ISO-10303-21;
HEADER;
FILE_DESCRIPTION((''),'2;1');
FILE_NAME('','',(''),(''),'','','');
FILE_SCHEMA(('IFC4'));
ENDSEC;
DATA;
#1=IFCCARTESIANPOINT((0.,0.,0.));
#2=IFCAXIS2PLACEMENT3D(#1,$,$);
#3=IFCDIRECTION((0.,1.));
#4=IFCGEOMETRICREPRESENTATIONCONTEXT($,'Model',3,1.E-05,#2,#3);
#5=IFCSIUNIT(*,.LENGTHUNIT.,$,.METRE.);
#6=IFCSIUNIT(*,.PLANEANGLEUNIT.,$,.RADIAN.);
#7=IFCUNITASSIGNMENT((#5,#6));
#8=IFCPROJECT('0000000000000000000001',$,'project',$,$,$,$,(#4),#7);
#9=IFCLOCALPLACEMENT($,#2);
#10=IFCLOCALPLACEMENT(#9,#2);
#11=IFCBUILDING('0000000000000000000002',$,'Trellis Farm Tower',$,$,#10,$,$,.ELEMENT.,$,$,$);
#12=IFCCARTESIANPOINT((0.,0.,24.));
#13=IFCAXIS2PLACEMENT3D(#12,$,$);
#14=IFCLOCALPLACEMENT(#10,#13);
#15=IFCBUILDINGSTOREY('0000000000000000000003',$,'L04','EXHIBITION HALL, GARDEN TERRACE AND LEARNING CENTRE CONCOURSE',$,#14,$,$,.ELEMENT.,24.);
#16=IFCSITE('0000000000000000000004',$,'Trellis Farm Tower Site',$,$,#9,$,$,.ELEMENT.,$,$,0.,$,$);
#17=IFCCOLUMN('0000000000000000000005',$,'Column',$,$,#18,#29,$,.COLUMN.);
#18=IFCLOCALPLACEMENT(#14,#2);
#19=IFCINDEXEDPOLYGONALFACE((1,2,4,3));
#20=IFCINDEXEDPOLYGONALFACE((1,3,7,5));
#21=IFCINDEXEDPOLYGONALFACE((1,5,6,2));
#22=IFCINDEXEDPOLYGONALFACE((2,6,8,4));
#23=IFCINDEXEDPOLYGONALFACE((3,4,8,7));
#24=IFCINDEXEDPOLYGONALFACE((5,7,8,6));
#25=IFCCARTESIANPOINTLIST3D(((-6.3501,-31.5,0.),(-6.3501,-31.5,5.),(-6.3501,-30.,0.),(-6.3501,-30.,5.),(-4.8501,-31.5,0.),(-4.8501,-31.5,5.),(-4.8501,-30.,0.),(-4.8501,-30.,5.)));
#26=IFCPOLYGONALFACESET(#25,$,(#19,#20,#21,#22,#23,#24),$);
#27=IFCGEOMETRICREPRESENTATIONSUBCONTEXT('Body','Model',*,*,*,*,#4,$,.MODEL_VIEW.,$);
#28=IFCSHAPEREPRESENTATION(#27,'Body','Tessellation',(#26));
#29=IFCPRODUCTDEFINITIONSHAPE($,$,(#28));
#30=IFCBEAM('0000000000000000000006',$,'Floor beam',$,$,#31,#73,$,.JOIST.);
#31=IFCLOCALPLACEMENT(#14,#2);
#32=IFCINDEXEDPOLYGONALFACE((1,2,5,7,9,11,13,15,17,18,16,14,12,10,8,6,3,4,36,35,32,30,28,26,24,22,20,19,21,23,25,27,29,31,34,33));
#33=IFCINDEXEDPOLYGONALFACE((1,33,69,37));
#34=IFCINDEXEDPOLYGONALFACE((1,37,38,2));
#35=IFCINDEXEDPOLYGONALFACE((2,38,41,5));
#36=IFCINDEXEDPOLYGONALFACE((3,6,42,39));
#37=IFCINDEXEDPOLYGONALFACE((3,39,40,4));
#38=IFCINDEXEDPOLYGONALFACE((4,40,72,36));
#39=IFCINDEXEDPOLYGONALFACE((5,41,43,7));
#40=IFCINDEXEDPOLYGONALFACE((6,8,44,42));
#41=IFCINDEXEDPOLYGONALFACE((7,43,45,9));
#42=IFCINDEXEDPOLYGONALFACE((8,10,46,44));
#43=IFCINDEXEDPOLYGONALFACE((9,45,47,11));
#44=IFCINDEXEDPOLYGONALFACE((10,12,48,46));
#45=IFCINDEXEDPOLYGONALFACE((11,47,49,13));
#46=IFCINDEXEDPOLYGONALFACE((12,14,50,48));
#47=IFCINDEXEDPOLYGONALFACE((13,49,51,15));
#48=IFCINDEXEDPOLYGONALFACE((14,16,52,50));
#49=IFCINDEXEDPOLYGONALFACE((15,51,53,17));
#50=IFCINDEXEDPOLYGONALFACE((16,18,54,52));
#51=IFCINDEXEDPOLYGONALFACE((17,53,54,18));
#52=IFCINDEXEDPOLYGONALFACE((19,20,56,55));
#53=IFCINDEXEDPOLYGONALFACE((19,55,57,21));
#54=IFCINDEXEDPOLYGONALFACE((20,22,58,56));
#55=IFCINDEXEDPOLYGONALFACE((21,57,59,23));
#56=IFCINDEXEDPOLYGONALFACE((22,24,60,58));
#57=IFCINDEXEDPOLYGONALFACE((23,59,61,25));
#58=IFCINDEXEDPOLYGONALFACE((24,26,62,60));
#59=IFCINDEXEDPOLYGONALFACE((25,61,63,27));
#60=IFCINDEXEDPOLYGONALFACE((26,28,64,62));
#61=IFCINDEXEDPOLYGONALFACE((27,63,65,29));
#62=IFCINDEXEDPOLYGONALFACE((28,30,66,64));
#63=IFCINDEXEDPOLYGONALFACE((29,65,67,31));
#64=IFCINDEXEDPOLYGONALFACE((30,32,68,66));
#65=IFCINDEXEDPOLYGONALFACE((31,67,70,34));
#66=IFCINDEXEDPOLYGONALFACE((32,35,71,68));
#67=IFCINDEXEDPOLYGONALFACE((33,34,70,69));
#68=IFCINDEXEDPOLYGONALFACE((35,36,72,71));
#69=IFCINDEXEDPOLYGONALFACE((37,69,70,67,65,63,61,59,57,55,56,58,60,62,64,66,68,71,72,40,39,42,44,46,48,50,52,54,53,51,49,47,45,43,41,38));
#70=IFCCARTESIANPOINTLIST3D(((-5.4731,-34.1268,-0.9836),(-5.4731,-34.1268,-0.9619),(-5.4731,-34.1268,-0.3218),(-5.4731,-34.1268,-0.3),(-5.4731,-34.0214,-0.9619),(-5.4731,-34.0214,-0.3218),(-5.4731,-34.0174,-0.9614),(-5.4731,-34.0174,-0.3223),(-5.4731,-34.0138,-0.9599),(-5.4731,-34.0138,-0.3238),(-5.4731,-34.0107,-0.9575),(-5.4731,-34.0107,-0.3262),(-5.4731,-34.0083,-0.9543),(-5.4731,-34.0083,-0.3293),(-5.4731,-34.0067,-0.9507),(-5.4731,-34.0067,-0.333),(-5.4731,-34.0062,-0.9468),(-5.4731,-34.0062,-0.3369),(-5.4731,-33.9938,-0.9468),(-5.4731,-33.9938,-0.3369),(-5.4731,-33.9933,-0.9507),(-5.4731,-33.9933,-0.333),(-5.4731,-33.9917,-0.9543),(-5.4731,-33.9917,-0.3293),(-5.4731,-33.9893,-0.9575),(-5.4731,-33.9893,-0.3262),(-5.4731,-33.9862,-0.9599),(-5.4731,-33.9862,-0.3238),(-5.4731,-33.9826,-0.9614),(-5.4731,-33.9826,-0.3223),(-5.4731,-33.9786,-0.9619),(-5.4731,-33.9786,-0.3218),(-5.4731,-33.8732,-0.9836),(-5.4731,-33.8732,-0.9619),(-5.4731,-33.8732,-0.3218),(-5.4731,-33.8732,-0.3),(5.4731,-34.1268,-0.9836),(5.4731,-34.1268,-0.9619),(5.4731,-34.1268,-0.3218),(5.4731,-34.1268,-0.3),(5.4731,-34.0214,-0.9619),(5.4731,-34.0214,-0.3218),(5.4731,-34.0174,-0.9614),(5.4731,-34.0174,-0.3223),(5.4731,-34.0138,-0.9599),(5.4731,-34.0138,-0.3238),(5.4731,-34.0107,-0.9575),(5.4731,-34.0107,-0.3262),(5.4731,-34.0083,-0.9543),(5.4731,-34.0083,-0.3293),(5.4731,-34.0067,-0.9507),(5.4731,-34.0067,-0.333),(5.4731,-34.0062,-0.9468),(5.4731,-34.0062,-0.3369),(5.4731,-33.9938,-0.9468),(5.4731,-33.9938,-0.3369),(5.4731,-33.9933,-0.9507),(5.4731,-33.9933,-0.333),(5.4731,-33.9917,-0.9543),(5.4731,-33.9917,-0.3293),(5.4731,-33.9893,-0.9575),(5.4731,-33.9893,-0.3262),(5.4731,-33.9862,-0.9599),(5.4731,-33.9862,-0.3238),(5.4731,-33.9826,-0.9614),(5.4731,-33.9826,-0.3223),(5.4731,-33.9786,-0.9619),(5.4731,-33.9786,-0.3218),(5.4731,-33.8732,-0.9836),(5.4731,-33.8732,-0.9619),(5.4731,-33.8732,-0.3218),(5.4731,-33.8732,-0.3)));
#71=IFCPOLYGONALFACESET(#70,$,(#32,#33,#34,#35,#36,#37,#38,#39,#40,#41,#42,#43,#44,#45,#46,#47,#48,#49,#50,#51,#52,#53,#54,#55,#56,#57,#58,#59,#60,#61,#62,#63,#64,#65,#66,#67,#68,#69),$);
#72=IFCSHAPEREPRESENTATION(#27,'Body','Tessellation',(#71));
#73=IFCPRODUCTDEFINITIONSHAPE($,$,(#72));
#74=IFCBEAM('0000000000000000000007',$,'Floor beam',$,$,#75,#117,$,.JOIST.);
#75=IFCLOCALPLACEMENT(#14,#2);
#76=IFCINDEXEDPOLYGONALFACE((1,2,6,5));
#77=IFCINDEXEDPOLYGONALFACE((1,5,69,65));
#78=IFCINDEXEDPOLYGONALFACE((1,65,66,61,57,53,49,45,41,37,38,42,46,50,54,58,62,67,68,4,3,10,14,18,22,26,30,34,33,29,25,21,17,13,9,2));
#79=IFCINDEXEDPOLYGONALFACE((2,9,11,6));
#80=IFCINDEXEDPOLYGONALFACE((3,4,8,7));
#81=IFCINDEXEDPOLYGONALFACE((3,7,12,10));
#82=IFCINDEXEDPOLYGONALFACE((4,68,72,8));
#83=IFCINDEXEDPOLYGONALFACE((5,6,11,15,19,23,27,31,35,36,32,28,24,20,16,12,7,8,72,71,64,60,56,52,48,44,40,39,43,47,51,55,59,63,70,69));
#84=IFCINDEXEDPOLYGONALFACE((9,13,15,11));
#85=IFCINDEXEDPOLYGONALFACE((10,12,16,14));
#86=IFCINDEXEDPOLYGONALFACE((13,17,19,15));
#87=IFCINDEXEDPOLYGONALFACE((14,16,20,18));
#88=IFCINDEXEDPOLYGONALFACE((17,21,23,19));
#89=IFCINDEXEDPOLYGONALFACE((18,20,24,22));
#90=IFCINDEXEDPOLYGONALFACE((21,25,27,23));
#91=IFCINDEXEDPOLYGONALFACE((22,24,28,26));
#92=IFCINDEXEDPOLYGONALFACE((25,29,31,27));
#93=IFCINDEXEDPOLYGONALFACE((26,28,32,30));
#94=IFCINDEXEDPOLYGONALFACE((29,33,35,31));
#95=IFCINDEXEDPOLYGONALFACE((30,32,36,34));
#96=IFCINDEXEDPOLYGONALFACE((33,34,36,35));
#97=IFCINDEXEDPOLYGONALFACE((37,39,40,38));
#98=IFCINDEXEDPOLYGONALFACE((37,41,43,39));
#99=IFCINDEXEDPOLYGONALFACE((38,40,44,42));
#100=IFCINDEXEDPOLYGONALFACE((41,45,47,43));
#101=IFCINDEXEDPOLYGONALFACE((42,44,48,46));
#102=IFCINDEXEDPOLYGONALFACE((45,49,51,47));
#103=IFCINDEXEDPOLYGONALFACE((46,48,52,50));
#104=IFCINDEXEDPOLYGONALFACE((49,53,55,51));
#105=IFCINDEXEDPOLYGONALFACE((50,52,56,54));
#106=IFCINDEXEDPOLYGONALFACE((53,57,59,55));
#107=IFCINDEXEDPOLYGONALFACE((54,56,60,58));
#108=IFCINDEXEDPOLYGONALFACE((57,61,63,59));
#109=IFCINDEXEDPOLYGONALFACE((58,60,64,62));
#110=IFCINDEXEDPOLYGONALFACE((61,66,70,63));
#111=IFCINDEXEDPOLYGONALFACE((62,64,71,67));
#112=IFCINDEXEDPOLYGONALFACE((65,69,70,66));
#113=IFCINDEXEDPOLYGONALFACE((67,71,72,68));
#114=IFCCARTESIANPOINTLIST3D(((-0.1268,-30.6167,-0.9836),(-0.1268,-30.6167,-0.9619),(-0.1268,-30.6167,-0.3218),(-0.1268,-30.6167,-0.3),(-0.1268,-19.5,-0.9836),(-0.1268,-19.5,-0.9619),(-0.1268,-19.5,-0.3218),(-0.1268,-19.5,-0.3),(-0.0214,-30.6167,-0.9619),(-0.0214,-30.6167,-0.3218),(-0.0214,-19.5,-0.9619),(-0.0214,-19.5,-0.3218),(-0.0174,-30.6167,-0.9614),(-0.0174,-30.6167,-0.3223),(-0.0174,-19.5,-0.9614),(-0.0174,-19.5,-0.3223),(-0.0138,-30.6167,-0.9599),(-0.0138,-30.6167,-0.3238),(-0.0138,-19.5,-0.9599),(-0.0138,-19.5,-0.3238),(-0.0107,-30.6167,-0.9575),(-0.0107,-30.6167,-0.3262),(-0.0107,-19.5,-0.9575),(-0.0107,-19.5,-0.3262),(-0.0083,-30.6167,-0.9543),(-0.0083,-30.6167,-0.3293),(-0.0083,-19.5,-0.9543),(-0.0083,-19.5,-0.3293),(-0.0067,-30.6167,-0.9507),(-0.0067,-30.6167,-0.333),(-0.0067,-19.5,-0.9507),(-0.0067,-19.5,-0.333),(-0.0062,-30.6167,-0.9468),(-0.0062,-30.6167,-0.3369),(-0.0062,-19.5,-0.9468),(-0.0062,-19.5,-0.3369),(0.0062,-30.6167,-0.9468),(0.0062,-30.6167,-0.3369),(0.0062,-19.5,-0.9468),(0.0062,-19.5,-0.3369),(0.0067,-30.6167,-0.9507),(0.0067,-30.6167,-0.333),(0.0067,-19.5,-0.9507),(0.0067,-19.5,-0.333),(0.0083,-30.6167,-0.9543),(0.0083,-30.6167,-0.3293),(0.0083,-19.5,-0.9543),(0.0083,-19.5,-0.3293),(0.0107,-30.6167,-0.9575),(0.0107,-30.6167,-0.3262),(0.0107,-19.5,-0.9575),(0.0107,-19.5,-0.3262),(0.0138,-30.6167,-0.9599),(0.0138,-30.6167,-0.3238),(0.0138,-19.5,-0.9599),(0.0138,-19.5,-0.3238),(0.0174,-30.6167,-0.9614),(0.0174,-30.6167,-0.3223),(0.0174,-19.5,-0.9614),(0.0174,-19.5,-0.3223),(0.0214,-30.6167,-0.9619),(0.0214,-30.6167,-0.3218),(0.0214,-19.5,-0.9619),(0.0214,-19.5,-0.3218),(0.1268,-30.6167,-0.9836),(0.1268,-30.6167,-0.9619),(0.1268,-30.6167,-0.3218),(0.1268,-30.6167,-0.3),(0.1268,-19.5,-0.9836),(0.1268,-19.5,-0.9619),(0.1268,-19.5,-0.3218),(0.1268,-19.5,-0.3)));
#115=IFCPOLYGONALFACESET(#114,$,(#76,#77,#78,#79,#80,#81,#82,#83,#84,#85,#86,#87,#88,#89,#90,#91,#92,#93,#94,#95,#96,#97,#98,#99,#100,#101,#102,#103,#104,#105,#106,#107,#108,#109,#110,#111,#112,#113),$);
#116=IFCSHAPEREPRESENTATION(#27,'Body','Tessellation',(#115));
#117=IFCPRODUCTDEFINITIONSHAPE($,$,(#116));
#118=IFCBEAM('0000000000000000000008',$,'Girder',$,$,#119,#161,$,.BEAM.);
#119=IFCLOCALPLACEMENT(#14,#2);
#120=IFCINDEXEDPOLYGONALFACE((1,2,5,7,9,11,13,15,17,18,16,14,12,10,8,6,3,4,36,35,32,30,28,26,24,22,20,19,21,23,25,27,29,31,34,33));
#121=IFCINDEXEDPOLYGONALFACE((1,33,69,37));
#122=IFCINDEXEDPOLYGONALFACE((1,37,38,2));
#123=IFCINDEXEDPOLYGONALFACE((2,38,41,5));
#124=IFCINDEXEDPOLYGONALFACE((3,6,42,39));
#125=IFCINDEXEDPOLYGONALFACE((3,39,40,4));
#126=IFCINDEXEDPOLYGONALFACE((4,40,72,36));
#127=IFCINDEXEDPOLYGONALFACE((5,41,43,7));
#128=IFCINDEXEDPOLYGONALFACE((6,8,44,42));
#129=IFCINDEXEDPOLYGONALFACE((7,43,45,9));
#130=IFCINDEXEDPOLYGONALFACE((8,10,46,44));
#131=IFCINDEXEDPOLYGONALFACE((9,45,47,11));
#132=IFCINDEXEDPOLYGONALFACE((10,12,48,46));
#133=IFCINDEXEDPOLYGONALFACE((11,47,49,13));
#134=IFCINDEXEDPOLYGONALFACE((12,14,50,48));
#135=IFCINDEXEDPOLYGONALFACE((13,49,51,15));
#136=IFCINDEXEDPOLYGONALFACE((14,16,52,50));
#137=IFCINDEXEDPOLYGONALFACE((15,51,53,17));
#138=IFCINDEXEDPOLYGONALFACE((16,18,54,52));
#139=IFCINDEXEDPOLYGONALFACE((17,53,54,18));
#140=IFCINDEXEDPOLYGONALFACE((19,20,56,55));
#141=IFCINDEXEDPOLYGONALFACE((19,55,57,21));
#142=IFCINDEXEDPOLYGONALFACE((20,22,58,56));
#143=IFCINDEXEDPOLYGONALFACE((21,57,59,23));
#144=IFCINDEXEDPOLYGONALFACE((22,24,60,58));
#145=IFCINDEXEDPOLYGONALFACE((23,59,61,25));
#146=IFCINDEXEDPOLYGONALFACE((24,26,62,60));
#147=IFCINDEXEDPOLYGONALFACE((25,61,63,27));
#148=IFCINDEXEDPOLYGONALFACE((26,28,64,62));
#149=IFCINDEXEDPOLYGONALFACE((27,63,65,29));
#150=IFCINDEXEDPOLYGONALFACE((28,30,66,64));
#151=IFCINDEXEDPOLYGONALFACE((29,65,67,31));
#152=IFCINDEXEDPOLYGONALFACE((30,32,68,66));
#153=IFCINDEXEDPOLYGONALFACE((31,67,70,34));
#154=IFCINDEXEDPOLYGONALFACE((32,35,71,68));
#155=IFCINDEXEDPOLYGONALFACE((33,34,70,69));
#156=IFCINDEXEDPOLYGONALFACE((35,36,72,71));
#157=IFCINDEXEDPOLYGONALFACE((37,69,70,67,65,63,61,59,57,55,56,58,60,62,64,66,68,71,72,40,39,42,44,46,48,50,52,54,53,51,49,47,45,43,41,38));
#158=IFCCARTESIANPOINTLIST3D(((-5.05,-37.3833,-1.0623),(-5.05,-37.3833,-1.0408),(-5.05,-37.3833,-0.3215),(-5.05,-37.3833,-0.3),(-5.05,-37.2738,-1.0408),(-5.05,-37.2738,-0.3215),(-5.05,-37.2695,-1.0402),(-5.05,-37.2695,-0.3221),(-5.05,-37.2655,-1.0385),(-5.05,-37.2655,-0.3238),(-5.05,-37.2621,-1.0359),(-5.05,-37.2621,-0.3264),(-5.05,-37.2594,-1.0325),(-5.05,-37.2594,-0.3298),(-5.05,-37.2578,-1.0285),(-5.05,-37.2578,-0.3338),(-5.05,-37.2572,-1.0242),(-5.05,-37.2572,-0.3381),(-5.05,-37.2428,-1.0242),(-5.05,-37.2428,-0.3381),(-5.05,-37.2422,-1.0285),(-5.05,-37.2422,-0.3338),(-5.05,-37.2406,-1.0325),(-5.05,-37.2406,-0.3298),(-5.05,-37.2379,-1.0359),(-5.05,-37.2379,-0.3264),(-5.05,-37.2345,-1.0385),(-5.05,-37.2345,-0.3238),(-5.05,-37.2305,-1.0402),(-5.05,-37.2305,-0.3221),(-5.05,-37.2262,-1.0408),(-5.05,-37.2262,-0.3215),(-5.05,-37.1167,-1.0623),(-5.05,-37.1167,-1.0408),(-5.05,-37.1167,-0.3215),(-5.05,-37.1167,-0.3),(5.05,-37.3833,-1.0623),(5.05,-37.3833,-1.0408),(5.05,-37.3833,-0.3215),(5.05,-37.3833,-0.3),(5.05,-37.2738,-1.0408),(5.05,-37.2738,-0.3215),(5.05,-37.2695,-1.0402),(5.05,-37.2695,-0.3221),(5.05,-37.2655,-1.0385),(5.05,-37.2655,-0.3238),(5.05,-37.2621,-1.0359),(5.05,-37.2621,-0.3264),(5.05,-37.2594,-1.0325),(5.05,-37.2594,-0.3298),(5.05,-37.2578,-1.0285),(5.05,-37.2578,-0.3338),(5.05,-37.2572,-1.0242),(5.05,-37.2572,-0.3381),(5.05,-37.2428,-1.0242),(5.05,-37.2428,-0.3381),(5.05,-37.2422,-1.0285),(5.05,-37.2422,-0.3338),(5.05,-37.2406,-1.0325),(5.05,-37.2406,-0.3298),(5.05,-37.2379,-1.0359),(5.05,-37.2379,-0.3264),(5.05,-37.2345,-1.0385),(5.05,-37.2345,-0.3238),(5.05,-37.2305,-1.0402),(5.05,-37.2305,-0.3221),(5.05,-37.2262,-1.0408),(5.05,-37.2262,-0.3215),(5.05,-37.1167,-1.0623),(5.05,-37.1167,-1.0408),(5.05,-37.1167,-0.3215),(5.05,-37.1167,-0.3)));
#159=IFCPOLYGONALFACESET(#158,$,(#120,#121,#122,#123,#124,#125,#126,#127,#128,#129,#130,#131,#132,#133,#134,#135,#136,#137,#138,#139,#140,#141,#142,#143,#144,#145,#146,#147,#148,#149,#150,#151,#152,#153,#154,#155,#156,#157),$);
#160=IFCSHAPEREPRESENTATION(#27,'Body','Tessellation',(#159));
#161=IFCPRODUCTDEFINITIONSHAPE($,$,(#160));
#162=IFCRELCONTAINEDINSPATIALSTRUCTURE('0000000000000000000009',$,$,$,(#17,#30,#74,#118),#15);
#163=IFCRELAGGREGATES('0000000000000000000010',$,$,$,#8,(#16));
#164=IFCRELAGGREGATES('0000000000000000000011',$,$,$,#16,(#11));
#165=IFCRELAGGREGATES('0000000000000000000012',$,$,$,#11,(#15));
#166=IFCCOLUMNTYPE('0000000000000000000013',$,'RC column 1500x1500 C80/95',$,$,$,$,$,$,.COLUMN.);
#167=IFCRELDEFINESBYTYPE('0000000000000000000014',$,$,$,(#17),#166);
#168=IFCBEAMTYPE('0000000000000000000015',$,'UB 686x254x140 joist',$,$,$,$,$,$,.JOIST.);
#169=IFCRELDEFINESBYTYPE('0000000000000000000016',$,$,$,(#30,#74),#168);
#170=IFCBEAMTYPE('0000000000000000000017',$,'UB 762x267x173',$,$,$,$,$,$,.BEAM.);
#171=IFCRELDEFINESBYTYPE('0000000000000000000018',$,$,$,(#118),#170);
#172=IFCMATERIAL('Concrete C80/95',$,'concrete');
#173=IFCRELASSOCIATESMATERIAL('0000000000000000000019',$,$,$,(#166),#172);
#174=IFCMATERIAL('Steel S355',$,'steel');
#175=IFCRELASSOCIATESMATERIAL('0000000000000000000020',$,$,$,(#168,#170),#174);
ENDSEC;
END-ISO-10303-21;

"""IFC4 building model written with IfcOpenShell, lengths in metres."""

from ifc_helpers import new_model, si_unit, direction, frame, origin, origin_2d, place, context, subcontext, project, spatial, rectangle, i_section, extrude, source, transform, mapped, material, material_profile, profile_set, type_object, element, save


model = new_model("IFC4")

# Units and contexts
model_context = context("Model", 3, precision=1e-05, world=origin(), true_north=direction((0.0, 1.0)))
body_context = subcontext(model_context, "Body", "Model", "MODEL_VIEW")
ifc_project = project(units=[si_unit("LENGTHUNIT", "METRE"), si_unit("PLANEANGLEUNIT", "RADIAN")], contexts=[model_context])

# Site, building, storey
site_placement = place(None, origin())
site = spatial("IfcSite", under=ifc_project, at=site_placement, Name="Trellis Farm Tower Site", CompositionType="ELEMENT", RefElevation=0.0)
building_placement = place(site_placement, origin())
building = spatial("IfcBuilding", under=site, at=building_placement, Name="Trellis Farm Tower", CompositionType="ELEMENT")
storey_placement = place(building_placement, frame((0.0, 0.0, 24.0)))
storey = spatial("IfcBuildingStorey", under=building, at=storey_placement, Name="L04", Description="EXHIBITION HALL, GARDEN TERRACE AND LEARNING CENTRE CONCOURSE", CompositionType="ELEMENT", Elevation=24.0)

# Column
ifc_material_1 = material(Name="Concrete C80/95", Category="concrete")
ifc_material_profile_1 = material_profile(ifc_material_1, rectangle(XDim=1.5, YDim=1.5, at=origin_2d()), Name="RC column 1500x1500 C80/95")
ifc_profile_set_1 = profile_set([ifc_material_profile_1], Name="Concrete C80/95")
column_type = type_object("IfcColumnType", Name="RC column 1500x1500 C80/95", PredefinedType="COLUMN", material=ifc_profile_set_1)
shared_shape_1 = source(origin(), body_context, "Body", "SweptSolid", [
    extrude(rectangle(XDim=1.5, YDim=1.5, at=origin_2d()), origin(), (0.0, 0.0, 1.0), 5.0),
])
column_placement = place(storey_placement, frame((-5.6001, -30.75, 0.0), z_axis=(0.0, 0.0, 1.0), x_axis=(1.0, 0.0, 0.0)))
element("IfcColumn", 1, at=column_placement, inside=storey, type_object=column_type, Name="Column", PredefinedType="COLUMN", context=body_context, shape_type="MappedRepresentation", body=[
    mapped(shared_shape_1, transform((0.0, 0.0, 0.0))),
])

# Beams
ifc_material_2 = material(Name="Steel S355", Category="steel")
ifc_material_profile_2 = material_profile(ifc_material_2, i_section(OverallWidth=0.2537, OverallDepth=0.6836, WebThickness=0.0125, FlangeThickness=0.0217, FilletRadius=0.0151, at=origin_2d()), Name="UB 686x254x140")
ifc_profile_set_2 = profile_set([ifc_material_profile_2], Name="Steel S355")
beam_type_1 = type_object("IfcBeamType", Name="UB 686x254x140 joist", PredefinedType="JOIST", material=ifc_profile_set_2)
shared_shape_2 = source(origin(), body_context, "Body", "SweptSolid", [
    extrude(i_section(OverallWidth=0.2537, OverallDepth=0.6836, WebThickness=0.0125, FlangeThickness=0.0217, FilletRadius=0.0151, at=origin_2d()), origin(), (0.0, 0.0, 1.0), 10.9463),
])
beam_1_placement = place(storey_placement, frame((-5.4731, -34.0, -0.6418), z_axis=(1.0, 0.0, 0.0), x_axis=(0.0, 1.0, 0.0)))
element("IfcBeam", 2, at=beam_1_placement, inside=storey, type_object=beam_type_1, Name="Floor beam", PredefinedType="JOIST", context=body_context, shape_type="MappedRepresentation", body=[
    mapped(shared_shape_2, transform((0.0, 0.0, 0.0))),
])
shared_shape_3 = source(origin(), body_context, "Body", "SweptSolid", [
    extrude(i_section(OverallWidth=0.2537, OverallDepth=0.6836, WebThickness=0.0125, FlangeThickness=0.0217, FilletRadius=0.0151, at=origin_2d()), origin(), (0.0, 0.0, 1.0), 11.1167),
])
beam_2_placement = place(storey_placement, frame((0.0, -30.6167, -0.6418), z_axis=(0.0, 1.0, 0.0), x_axis=(-1.0, 0.0, 0.0)))
element("IfcBeam", 3, at=beam_2_placement, inside=storey, type_object=beam_type_1, Name="Floor beam", PredefinedType="JOIST", context=body_context, shape_type="MappedRepresentation", body=[
    mapped(shared_shape_3, transform((0.0, 0.0, 0.0))),
])
ifc_material_profile_3 = material_profile(ifc_material_2, i_section(OverallWidth=0.2666, OverallDepth=0.7622, WebThickness=0.0144, FlangeThickness=0.0215, FilletRadius=0.0166, at=origin_2d()), Name="UB 762x267x173")
ifc_profile_set_3 = profile_set([ifc_material_profile_3], Name="Steel S355")
beam_type_2 = type_object("IfcBeamType", Name="UB 762x267x173", PredefinedType="BEAM", material=ifc_profile_set_3)
shared_shape_4 = source(origin(), body_context, "Body", "SweptSolid", [
    extrude(i_section(OverallWidth=0.2666, OverallDepth=0.7622, WebThickness=0.0144, FlangeThickness=0.0215, FilletRadius=0.0166, at=origin_2d()), origin(), (0.0, 0.0, 1.0), 10.1001),
])
beam_3_placement = place(storey_placement, frame((-5.05, -37.25, -0.6812), z_axis=(1.0, 0.0, 0.0), x_axis=(0.0, 1.0, 0.0)))
element("IfcBeam", 4, at=beam_3_placement, inside=storey, type_object=beam_type_2, Name="Girder", PredefinedType="BEAM", context=body_context, shape_type="MappedRepresentation", body=[
    mapped(shared_shape_4, transform((0.0, 0.0, 0.0))),
])

save(model, "model.ifc")
